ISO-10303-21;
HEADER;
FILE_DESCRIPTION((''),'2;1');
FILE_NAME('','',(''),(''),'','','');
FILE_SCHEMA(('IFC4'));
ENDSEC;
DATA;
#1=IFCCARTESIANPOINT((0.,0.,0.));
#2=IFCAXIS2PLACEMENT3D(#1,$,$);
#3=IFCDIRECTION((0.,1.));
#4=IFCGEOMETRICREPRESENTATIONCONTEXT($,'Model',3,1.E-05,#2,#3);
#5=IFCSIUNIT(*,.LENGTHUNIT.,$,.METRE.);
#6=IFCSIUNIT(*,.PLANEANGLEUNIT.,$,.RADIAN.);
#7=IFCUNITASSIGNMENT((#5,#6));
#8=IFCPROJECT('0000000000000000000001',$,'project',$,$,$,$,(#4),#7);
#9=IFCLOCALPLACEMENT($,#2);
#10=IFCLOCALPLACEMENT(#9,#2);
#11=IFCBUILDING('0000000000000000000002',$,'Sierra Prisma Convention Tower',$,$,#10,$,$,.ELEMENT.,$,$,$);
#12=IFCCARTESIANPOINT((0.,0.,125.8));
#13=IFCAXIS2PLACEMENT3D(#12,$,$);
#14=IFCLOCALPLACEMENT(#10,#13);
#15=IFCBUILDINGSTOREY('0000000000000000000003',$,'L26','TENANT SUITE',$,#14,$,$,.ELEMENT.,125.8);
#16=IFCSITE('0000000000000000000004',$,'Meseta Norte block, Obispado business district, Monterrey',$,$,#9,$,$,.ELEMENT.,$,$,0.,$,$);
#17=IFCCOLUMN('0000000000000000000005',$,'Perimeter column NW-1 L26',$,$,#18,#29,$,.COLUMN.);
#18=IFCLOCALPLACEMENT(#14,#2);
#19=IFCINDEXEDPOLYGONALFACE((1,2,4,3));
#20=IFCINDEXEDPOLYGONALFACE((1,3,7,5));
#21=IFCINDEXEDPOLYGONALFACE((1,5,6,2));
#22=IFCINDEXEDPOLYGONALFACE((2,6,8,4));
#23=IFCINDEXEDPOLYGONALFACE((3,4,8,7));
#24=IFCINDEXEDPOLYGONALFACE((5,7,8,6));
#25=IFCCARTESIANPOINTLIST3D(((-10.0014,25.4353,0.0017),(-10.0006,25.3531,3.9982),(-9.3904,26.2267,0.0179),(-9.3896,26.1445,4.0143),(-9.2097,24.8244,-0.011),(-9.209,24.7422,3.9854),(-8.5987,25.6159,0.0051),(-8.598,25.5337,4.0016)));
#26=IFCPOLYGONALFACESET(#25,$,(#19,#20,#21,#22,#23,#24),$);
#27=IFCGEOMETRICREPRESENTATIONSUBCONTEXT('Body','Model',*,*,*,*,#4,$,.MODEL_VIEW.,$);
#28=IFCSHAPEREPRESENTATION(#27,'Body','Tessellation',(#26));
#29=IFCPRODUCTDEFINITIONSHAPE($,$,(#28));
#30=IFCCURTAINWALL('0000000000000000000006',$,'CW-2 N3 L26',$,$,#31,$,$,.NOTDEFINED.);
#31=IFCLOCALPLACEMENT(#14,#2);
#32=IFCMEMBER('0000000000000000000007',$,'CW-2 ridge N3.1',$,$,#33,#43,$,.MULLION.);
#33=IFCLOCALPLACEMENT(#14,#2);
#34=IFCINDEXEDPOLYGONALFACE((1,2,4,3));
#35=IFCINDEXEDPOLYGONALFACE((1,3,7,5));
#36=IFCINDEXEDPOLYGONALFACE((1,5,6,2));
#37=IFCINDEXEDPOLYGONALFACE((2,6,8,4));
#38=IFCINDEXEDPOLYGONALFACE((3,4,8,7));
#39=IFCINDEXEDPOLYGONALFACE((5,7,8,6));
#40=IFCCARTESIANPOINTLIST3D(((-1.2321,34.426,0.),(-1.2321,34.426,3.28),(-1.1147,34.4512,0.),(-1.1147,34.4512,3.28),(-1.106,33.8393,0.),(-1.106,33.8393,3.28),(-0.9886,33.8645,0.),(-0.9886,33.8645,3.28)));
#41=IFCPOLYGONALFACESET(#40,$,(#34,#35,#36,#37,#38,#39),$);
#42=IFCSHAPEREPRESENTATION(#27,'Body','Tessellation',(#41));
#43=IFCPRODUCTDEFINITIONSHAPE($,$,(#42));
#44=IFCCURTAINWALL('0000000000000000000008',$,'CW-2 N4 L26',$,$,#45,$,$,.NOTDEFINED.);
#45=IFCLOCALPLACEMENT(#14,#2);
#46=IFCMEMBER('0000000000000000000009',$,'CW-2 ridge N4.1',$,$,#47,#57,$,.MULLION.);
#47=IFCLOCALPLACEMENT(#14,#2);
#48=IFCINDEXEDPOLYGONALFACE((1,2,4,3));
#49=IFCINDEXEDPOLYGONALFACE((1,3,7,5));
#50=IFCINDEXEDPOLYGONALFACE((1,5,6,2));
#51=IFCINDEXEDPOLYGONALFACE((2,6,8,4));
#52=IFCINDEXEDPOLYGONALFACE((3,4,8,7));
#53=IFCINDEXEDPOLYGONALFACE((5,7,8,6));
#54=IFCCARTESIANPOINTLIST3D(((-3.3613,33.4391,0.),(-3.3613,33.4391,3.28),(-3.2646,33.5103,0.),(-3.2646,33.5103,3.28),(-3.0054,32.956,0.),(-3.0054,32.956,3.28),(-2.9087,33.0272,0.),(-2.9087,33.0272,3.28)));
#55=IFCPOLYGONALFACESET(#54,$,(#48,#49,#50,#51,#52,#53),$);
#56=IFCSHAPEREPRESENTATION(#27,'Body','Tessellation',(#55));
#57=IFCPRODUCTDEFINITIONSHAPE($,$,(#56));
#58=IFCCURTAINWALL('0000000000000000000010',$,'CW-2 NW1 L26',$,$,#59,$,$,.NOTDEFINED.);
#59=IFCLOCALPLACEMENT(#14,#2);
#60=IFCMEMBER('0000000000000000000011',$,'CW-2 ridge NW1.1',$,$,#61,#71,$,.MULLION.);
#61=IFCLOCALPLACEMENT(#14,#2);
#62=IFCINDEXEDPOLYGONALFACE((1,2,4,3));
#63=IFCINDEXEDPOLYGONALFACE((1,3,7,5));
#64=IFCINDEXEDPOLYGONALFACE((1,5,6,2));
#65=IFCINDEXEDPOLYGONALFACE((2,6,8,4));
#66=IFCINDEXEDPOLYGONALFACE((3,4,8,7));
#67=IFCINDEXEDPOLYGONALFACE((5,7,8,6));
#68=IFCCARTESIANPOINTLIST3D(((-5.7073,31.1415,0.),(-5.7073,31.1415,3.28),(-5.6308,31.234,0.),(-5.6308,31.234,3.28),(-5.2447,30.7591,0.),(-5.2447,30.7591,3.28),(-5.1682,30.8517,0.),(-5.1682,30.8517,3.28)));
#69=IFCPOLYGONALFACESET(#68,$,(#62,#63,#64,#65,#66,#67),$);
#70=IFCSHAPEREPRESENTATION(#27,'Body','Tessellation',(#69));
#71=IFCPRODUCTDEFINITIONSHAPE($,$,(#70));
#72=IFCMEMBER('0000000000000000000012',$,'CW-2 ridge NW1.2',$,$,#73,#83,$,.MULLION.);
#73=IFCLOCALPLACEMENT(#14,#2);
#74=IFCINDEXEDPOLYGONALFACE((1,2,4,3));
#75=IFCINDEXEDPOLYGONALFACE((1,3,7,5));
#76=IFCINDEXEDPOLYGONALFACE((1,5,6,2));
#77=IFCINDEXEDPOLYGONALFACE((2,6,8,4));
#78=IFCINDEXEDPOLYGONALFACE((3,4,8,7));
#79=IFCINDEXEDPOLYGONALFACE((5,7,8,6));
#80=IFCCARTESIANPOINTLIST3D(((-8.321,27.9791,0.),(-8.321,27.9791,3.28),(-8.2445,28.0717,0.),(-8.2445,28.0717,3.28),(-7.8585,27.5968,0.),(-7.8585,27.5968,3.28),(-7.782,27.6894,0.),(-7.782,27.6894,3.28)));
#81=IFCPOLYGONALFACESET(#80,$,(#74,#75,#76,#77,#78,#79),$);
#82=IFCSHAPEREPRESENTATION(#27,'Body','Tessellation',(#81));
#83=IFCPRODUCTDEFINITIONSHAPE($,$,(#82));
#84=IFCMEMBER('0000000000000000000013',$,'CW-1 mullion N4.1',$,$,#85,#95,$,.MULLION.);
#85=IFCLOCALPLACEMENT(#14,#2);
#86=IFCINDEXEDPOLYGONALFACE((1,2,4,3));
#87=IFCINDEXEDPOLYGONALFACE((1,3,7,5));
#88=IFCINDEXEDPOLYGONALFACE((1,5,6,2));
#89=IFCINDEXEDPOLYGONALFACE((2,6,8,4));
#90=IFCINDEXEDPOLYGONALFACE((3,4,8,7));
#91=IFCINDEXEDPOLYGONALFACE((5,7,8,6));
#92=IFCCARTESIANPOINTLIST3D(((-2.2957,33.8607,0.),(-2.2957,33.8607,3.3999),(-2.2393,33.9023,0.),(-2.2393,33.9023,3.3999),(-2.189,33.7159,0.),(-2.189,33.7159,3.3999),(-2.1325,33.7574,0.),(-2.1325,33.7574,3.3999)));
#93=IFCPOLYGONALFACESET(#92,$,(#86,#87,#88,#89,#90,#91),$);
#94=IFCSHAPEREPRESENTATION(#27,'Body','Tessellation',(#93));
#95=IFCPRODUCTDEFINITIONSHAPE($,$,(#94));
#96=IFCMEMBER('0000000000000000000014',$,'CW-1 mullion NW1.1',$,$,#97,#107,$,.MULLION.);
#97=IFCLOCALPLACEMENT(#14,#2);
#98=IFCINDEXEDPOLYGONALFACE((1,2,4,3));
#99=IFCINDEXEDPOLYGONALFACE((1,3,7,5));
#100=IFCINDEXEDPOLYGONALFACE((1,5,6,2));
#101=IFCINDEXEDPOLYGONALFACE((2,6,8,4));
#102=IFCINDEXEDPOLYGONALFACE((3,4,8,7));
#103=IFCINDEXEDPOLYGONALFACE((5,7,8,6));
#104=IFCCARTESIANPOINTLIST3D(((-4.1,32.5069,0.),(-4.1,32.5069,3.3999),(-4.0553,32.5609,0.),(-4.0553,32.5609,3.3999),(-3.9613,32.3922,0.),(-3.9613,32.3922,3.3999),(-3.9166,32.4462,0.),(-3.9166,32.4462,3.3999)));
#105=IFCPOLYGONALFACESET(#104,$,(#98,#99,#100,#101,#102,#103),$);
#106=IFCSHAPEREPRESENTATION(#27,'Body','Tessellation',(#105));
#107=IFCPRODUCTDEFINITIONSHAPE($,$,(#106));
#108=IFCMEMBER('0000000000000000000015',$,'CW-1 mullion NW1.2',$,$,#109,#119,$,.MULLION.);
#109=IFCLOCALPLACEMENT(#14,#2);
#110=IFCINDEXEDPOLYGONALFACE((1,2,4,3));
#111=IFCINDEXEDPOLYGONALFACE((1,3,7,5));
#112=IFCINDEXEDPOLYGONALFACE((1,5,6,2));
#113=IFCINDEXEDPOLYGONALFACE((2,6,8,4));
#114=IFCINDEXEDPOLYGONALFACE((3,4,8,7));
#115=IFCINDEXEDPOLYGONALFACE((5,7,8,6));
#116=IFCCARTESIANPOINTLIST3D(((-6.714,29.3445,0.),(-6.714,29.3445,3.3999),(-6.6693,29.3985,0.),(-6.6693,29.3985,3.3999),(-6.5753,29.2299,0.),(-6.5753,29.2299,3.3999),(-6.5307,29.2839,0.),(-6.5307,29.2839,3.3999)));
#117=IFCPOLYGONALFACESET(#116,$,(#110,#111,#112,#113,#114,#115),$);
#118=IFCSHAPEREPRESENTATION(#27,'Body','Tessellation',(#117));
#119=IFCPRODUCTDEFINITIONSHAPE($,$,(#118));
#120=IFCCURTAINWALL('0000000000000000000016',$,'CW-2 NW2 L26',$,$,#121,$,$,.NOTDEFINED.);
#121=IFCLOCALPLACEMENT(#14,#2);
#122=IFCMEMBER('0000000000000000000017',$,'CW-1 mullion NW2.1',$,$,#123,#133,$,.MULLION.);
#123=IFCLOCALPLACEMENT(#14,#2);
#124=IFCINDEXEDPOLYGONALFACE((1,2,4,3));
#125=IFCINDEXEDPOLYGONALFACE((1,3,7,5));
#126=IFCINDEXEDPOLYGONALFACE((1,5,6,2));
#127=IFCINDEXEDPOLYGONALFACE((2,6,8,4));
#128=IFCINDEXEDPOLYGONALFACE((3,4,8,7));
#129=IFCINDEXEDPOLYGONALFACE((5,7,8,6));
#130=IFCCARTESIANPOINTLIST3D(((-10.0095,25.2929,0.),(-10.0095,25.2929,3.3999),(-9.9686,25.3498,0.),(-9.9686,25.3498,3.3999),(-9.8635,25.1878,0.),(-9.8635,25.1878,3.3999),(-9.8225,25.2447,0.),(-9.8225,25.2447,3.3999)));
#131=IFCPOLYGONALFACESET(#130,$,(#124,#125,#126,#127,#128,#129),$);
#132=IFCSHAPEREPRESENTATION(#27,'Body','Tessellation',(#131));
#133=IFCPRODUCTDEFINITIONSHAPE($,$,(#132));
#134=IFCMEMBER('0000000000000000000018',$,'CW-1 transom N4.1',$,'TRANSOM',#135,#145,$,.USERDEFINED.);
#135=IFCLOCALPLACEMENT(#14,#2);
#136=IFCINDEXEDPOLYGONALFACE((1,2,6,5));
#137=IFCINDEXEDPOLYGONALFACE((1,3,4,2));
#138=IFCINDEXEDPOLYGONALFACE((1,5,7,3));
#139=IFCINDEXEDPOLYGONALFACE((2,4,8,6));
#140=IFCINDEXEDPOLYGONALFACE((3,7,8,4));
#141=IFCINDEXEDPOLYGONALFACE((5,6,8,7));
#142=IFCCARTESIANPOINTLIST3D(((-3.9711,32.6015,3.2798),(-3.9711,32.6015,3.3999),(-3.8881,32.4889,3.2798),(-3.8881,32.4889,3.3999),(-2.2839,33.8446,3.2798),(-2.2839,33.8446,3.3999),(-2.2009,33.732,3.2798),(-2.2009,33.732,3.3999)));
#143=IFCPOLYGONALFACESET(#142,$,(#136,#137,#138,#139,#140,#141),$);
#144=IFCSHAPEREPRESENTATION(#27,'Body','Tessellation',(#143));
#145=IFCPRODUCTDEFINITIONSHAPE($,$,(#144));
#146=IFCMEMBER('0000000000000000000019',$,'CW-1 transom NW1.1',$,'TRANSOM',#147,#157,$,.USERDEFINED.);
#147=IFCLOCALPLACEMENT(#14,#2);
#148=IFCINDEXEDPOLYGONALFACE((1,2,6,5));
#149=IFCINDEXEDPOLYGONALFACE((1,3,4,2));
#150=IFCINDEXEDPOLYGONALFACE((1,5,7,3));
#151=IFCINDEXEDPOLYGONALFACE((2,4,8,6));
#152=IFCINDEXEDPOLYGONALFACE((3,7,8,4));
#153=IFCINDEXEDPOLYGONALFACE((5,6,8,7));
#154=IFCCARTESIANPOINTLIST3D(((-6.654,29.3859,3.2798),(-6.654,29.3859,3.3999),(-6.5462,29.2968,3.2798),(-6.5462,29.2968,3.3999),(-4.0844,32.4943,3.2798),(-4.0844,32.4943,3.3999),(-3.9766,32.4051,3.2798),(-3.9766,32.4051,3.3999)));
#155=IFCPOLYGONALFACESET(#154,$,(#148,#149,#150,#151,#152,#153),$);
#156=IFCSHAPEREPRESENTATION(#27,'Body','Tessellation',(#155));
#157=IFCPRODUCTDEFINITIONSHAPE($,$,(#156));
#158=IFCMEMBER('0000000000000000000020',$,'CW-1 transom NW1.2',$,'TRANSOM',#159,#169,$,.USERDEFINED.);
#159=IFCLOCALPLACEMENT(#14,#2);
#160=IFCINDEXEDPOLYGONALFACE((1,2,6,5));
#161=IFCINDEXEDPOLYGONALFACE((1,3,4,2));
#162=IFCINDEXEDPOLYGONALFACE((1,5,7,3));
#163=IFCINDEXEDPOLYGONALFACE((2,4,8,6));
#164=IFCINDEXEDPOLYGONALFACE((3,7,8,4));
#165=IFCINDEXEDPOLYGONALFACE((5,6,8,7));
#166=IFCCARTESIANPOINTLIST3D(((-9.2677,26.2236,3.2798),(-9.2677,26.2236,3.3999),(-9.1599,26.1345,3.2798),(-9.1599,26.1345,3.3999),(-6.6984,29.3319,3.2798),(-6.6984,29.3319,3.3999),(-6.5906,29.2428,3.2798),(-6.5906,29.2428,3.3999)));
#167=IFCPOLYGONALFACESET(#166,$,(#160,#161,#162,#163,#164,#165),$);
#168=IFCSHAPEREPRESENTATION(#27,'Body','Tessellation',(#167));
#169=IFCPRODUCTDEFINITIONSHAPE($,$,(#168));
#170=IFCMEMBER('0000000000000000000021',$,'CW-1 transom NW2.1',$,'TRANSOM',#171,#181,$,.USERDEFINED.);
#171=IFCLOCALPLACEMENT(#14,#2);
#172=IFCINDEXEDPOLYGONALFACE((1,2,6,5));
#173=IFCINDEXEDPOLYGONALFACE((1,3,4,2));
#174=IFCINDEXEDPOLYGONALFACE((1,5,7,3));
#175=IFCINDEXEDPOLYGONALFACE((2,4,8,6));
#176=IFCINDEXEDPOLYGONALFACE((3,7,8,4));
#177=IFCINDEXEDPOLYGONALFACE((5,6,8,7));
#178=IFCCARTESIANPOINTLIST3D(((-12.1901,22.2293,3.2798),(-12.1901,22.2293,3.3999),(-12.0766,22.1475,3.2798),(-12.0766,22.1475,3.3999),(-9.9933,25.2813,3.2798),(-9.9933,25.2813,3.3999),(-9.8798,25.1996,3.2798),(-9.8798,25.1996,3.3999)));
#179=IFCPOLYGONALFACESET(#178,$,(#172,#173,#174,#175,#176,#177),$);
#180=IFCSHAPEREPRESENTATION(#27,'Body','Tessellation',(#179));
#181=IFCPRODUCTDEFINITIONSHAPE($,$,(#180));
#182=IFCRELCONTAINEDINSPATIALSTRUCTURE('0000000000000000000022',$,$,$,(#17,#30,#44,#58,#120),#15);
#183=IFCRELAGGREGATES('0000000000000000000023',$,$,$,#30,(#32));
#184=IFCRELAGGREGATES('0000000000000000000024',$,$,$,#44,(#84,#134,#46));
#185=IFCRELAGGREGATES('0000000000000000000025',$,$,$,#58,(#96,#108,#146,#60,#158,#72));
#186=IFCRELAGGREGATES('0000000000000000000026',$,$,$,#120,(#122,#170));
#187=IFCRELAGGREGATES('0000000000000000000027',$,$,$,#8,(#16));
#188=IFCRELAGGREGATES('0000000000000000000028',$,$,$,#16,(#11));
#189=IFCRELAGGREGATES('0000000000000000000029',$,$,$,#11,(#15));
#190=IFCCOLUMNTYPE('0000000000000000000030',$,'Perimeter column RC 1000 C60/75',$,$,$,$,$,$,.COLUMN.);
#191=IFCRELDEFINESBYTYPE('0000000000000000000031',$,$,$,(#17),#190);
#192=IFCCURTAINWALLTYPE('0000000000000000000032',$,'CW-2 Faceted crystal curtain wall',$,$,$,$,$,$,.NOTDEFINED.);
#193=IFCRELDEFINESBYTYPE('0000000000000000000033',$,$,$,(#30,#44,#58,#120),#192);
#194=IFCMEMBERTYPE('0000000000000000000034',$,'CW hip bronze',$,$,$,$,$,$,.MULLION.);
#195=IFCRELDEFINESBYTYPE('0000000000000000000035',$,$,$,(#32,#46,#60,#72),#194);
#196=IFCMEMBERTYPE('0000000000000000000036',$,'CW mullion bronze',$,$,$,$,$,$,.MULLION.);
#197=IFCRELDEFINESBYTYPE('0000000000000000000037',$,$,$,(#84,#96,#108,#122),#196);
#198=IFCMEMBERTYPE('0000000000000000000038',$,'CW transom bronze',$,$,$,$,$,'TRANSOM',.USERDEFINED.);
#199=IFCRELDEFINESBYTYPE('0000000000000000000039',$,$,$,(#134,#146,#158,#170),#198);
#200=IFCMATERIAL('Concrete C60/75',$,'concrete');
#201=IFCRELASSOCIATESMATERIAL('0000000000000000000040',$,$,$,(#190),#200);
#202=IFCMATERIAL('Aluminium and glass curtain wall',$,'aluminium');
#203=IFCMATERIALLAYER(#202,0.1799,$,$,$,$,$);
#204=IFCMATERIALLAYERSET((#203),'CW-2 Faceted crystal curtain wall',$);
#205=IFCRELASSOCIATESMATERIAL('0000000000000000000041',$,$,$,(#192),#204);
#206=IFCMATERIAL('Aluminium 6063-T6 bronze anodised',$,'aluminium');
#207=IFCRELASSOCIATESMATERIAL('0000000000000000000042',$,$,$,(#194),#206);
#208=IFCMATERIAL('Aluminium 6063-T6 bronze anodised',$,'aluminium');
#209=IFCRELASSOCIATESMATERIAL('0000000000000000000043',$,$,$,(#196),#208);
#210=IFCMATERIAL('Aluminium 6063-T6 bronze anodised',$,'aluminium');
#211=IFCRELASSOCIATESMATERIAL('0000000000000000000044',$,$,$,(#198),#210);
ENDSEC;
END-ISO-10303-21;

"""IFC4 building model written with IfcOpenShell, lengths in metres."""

from ifc_helpers import new_model, si_unit, direction, frame, origin, origin_2d, place, context, subcontext, project, spatial, rectangle, extrude, clip, halfspace, material, layer, layer_set, material_profile, profile_set, type_object, element, aggregate, save


model = new_model("IFC4")

# Units and contexts
model_context = context("Model", 3, precision=1e-05, world=origin(), true_north=direction((0.0, 1.0)))
body_context = subcontext(model_context, "Body", "Model", "MODEL_VIEW")
ifc_project = project(units=[si_unit("LENGTHUNIT", "METRE"), si_unit("PLANEANGLEUNIT", "RADIAN")], contexts=[model_context])

# Site, building, storey
site_placement = place(None, origin())
site = spatial("IfcSite", under=ifc_project, at=site_placement, Name="Meseta Norte block, Obispado business district, Monterrey", CompositionType="ELEMENT", RefElevation=0.0)
building_placement = place(site_placement, origin())
building = spatial("IfcBuilding", under=site, at=building_placement, Name="Sierra Prisma Convention Tower", CompositionType="ELEMENT")
storey_placement = place(building_placement, frame((0.0, 0.0, 125.8)))
storey = spatial("IfcBuildingStorey", under=building, at=storey_placement, Name="L26", Description="TENANT SUITE", CompositionType="ELEMENT", Elevation=125.8)

# Column
ifc_material_1 = material(Name="Concrete C60/75", Category="concrete")
ifc_material_profile_1 = material_profile(ifc_material_1, rectangle(XDim=1.0, YDim=1.0, at=origin_2d()), Name="Perimeter column RC 1000 C60/75")
ifc_profile_set_1 = profile_set([ifc_material_profile_1], Name="Concrete C60/75")
column_type = type_object("IfcColumnType", Name="Perimeter column RC 1000 C60/75", PredefinedType="COLUMN", material=ifc_profile_set_1)
column_placement = place(storey_placement, frame((-9.3, 25.5256, 0.0), z_axis=(0.000183, -0.020564, 0.999789), x_axis=(0.610992, 0.791471, 0.016168)))
element("IfcColumn", 1, at=column_placement, inside=storey, type_object=column_type, Name="Perimeter column NW-1 L26", PredefinedType="COLUMN", context=body_context, shape_type="SweptSolid", body=[
    clip(extrude(rectangle(XDim=1.0, YDim=1.0, at=origin_2d()), origin(), (0.0, 0.0, 1.0), 4.0007), halfspace(frame((0.0, 0.0, 0.0034)), True)),
])

# Curtain walls, members
ifc_material_2 = material(Name="Aluminium and glass curtain wall", Category="aluminium")
ifc_layer_1 = layer(ifc_material_2, 0.1799)
ifc_layer_set_1 = layer_set([ifc_layer_1], Name="CW-2 Faceted crystal curtain wall")
curtain_wall_type = type_object("IfcCurtainWallType", Name="CW-2 Faceted crystal curtain wall", PredefinedType="NOTDEFINED", material=ifc_layer_set_1)
curtain_wall_1_placement = place(storey_placement, origin())
curtain_wall_1 = element("IfcCurtainWall", 2, at=curtain_wall_1_placement, inside=storey, type_object=curtain_wall_type, Name="CW-2 N3 L26", PredefinedType="NOTDEFINED")
ifc_material_3 = material(Name="Aluminium 6063-T6 bronze anodised", Category="aluminium")
ifc_material_profile_2 = material_profile(ifc_material_3, rectangle(XDim=0.1201, YDim=0.6001, at=origin_2d()), Name="ALU RIDGE BLADE 120x600")
ifc_profile_set_2 = profile_set([ifc_material_profile_2], Name="Aluminium 6063-T6 bronze anodised")
member_type_1 = type_object("IfcMemberType", Name="CW hip bronze", PredefinedType="MULLION", material=ifc_profile_set_2)
member_1_placement = place(storey_placement, frame((-1.1104, 34.1453, 0.0), z_axis=(0.0, 0.0, 1.0), x_axis=(-0.977684, -0.21008, 0.0)))
member_1 = element("IfcMember", 3, at=member_1_placement, type_object=member_type_1, Name="CW-2 ridge N3.1", PredefinedType="MULLION", context=body_context, shape_type="SweptSolid", body=[
    extrude(rectangle(XDim=0.1201, YDim=0.6001, at=origin_2d()), origin(), (0.0, 0.0, 1.0), 3.28),
])
curtain_wall_2_placement = place(storey_placement, origin())
curtain_wall_2 = element("IfcCurtainWall", 4, at=curtain_wall_2_placement, inside=storey, type_object=curtain_wall_type, Name="CW-2 N4 L26", PredefinedType="NOTDEFINED")
member_2_placement = place(storey_placement, frame((-3.135, 33.2332, 0.0), z_axis=(0.0, 0.0, 1.0), x_axis=(-0.80509, -0.593153, 0.0)))
member_2 = element("IfcMember", 5, at=member_2_placement, type_object=member_type_1, Name="CW-2 ridge N4.1", PredefinedType="MULLION", context=body_context, shape_type="SweptSolid", body=[
    extrude(rectangle(XDim=0.1201, YDim=0.6001, at=origin_2d()), origin(), (0.0, 0.0, 1.0), 3.28),
])

# Curtain wall, members
curtain_wall_3_placement = place(storey_placement, origin())
curtain_wall_3 = element("IfcCurtainWall", 6, at=curtain_wall_3_placement, inside=storey, type_object=curtain_wall_type, Name="CW-2 NW1 L26", PredefinedType="NOTDEFINED")
member_3_placement = place(storey_placement, frame((-5.4377, 30.9966, 0.0), z_axis=(0.0, 0.0, 1.0), x_axis=(-0.637109, -0.770774, 0.0)))
member_3 = element("IfcMember", 7, at=member_3_placement, type_object=member_type_1, Name="CW-2 ridge NW1.1", PredefinedType="MULLION", context=body_context, shape_type="SweptSolid", body=[
    extrude(rectangle(XDim=0.1201, YDim=0.6001, at=origin_2d()), origin(), (0.0, 0.0, 1.0), 3.28),
])
member_4_placement = place(storey_placement, frame((-8.0515, 27.8342, 0.0), z_axis=(0.0, 0.0, 1.0), x_axis=(-0.637109, -0.770774, 0.0)))
member_4 = element("IfcMember", 8, at=member_4_placement, type_object=member_type_1, Name="CW-2 ridge NW1.2", PredefinedType="MULLION", context=body_context, shape_type="SweptSolid", body=[
    extrude(rectangle(XDim=0.1201, YDim=0.6001, at=origin_2d()), origin(), (0.0, 0.0, 1.0), 3.28),
])

# Members
ifc_material_4 = material(Name="Aluminium 6063-T6 bronze anodised", Category="aluminium")
ifc_material_profile_3 = material_profile(ifc_material_4, rectangle(XDim=0.1799, YDim=0.0701, at=origin_2d()), Name="ALU MULLION 70x180")
ifc_profile_set_3 = profile_set([ifc_material_profile_3], Name="Aluminium 6063-T6 bronze anodised")
member_type_2 = type_object("IfcMemberType", Name="CW mullion bronze", PredefinedType="MULLION", material=ifc_profile_set_3)
member_5_placement = place(storey_placement, frame((-2.2141, 33.8091, 0.0), z_axis=(0.0, 0.0, 1.0), x_axis=(0.593153, -0.80509, 0.0)))
member_5 = element("IfcMember", 9, at=member_5_placement, type_object=member_type_2, Name="CW-1 mullion N4.1", PredefinedType="MULLION", context=body_context, shape_type="SweptSolid", body=[
    extrude(rectangle(XDim=0.1799, YDim=0.0701, at=origin_2d()), origin(), (0.0, 0.0, 1.0), 3.3999),
])
member_6_placement = place(storey_placement, frame((-4.0083, 32.4766, 0.0), z_axis=(0.0, 0.0, 1.0), x_axis=(0.770774, -0.637109, 0.0)))
member_6 = element("IfcMember", 10, at=member_6_placement, type_object=member_type_2, Name="CW-1 mullion NW1.1", PredefinedType="MULLION", context=body_context, shape_type="SweptSolid", body=[
    extrude(rectangle(XDim=0.1799, YDim=0.0701, at=origin_2d()), origin(), (0.0, 0.0, 1.0), 3.3999),
])
member_7_placement = place(storey_placement, frame((-6.6223, 29.3142, 0.0), z_axis=(0.0, 0.0, 1.0), x_axis=(0.770774, -0.637109, 0.0)))
member_7 = element("IfcMember", 11, at=member_7_placement, type_object=member_type_2, Name="CW-1 mullion NW1.2", PredefinedType="MULLION", context=body_context, shape_type="SweptSolid", body=[
    extrude(rectangle(XDim=0.1799, YDim=0.0701, at=origin_2d()), origin(), (0.0, 0.0, 1.0), 3.3999),
])

# Curtain wall, member
curtain_wall_4_placement = place(storey_placement, origin())
curtain_wall_4 = element("IfcCurtainWall", 12, at=curtain_wall_4_placement, inside=storey, type_object=curtain_wall_type, Name="CW-2 NW2 L26", PredefinedType="NOTDEFINED")
member_8_placement = place(storey_placement, frame((-9.916, 25.2688, 0.0), z_axis=(0.0, 0.0, 1.0), x_axis=(0.811615, -0.584192, 0.0)))
member_8 = element("IfcMember", 13, at=member_8_placement, type_object=member_type_2, Name="CW-1 mullion NW2.1", PredefinedType="MULLION", context=body_context, shape_type="SweptSolid", body=[
    extrude(rectangle(XDim=0.1799, YDim=0.0701, at=origin_2d()), origin(), (0.0, 0.0, 1.0), 3.3999),
])

# Members
ifc_material_5 = material(Name="Aluminium 6063-T6 bronze anodised", Category="aluminium")
ifc_material_profile_4 = material_profile(ifc_material_5, rectangle(XDim=0.1399, YDim=0.1201, at=origin_2d()), Name="ALU TRANSOM 120x140")
ifc_profile_set_4 = profile_set([ifc_material_profile_4], Name="Aluminium 6063-T6 bronze anodised")
member_type_3 = type_object("IfcMemberType", Name="CW transom bronze", ElementType="TRANSOM", PredefinedType="USERDEFINED", material=ifc_profile_set_4)
member_9_placement = place(storey_placement, frame((-2.2424, 33.7883, 3.3398), z_axis=(-0.805073, -0.593175, 0.0), x_axis=(0.593175, -0.805073, 0.0)))
member_9 = element("IfcMember", 14, at=member_9_placement, type_object=member_type_3, Name="CW-1 transom N4.1", ObjectType="TRANSOM", PredefinedType="USERDEFINED", context=body_context, shape_type="SweptSolid", body=[
    extrude(rectangle(XDim=0.1399, YDim=0.1201, at=origin_2d()), origin(), (0.0, 0.0, 1.0), 2.0957),
])
member_10_placement = place(storey_placement, frame((-4.0305, 32.4497, 3.3398), z_axis=(-0.637143, -0.770746, 0.0), x_axis=(0.770746, -0.637143, 0.0)))
member_10 = element("IfcMember", 15, at=member_10_placement, type_object=member_type_3, Name="CW-1 transom NW1.1", ObjectType="TRANSOM", PredefinedType="USERDEFINED", context=body_context, shape_type="SweptSolid", body=[
    extrude(rectangle(XDim=0.1399, YDim=0.1201, at=origin_2d()), origin(), (0.0, 0.0, 1.0), 4.033),
])
member_11_placement = place(storey_placement, frame((-6.6445, 29.2874, 3.3398), z_axis=(-0.637107, -0.770776, 0.0), x_axis=(0.770776, -0.637107, 0.0)))
member_11 = element("IfcMember", 16, at=member_11_placement, type_object=member_type_3, Name="CW-1 transom NW1.2", ObjectType="TRANSOM", PredefinedType="USERDEFINED", context=body_context, shape_type="SweptSolid", body=[
    extrude(rectangle(XDim=0.1399, YDim=0.1201, at=origin_2d()), origin(), (0.0, 0.0, 1.0), 4.0327),
])
member_12_placement = place(storey_placement, frame((-9.9365, 25.2405, 3.3398), z_axis=(-0.584188, -0.811618, 0.0), x_axis=(0.811618, -0.584188, 0.0)))
member_12 = element("IfcMember", 17, at=member_12_placement, type_object=member_type_3, Name="CW-1 transom NW2.1", ObjectType="TRANSOM", PredefinedType="USERDEFINED", context=body_context, shape_type="SweptSolid", body=[
    extrude(rectangle(XDim=0.1399, YDim=0.1201, at=origin_2d()), origin(), (0.0, 0.0, 1.0), 3.7605),
])

aggregate(curtain_wall_1, [member_1])
aggregate(curtain_wall_2, [member_5, member_9, member_2])
aggregate(curtain_wall_3, [member_6, member_7, member_10, member_3, member_11, member_4])
aggregate(curtain_wall_4, [member_8, member_12])

save(model, "model.ifc")
